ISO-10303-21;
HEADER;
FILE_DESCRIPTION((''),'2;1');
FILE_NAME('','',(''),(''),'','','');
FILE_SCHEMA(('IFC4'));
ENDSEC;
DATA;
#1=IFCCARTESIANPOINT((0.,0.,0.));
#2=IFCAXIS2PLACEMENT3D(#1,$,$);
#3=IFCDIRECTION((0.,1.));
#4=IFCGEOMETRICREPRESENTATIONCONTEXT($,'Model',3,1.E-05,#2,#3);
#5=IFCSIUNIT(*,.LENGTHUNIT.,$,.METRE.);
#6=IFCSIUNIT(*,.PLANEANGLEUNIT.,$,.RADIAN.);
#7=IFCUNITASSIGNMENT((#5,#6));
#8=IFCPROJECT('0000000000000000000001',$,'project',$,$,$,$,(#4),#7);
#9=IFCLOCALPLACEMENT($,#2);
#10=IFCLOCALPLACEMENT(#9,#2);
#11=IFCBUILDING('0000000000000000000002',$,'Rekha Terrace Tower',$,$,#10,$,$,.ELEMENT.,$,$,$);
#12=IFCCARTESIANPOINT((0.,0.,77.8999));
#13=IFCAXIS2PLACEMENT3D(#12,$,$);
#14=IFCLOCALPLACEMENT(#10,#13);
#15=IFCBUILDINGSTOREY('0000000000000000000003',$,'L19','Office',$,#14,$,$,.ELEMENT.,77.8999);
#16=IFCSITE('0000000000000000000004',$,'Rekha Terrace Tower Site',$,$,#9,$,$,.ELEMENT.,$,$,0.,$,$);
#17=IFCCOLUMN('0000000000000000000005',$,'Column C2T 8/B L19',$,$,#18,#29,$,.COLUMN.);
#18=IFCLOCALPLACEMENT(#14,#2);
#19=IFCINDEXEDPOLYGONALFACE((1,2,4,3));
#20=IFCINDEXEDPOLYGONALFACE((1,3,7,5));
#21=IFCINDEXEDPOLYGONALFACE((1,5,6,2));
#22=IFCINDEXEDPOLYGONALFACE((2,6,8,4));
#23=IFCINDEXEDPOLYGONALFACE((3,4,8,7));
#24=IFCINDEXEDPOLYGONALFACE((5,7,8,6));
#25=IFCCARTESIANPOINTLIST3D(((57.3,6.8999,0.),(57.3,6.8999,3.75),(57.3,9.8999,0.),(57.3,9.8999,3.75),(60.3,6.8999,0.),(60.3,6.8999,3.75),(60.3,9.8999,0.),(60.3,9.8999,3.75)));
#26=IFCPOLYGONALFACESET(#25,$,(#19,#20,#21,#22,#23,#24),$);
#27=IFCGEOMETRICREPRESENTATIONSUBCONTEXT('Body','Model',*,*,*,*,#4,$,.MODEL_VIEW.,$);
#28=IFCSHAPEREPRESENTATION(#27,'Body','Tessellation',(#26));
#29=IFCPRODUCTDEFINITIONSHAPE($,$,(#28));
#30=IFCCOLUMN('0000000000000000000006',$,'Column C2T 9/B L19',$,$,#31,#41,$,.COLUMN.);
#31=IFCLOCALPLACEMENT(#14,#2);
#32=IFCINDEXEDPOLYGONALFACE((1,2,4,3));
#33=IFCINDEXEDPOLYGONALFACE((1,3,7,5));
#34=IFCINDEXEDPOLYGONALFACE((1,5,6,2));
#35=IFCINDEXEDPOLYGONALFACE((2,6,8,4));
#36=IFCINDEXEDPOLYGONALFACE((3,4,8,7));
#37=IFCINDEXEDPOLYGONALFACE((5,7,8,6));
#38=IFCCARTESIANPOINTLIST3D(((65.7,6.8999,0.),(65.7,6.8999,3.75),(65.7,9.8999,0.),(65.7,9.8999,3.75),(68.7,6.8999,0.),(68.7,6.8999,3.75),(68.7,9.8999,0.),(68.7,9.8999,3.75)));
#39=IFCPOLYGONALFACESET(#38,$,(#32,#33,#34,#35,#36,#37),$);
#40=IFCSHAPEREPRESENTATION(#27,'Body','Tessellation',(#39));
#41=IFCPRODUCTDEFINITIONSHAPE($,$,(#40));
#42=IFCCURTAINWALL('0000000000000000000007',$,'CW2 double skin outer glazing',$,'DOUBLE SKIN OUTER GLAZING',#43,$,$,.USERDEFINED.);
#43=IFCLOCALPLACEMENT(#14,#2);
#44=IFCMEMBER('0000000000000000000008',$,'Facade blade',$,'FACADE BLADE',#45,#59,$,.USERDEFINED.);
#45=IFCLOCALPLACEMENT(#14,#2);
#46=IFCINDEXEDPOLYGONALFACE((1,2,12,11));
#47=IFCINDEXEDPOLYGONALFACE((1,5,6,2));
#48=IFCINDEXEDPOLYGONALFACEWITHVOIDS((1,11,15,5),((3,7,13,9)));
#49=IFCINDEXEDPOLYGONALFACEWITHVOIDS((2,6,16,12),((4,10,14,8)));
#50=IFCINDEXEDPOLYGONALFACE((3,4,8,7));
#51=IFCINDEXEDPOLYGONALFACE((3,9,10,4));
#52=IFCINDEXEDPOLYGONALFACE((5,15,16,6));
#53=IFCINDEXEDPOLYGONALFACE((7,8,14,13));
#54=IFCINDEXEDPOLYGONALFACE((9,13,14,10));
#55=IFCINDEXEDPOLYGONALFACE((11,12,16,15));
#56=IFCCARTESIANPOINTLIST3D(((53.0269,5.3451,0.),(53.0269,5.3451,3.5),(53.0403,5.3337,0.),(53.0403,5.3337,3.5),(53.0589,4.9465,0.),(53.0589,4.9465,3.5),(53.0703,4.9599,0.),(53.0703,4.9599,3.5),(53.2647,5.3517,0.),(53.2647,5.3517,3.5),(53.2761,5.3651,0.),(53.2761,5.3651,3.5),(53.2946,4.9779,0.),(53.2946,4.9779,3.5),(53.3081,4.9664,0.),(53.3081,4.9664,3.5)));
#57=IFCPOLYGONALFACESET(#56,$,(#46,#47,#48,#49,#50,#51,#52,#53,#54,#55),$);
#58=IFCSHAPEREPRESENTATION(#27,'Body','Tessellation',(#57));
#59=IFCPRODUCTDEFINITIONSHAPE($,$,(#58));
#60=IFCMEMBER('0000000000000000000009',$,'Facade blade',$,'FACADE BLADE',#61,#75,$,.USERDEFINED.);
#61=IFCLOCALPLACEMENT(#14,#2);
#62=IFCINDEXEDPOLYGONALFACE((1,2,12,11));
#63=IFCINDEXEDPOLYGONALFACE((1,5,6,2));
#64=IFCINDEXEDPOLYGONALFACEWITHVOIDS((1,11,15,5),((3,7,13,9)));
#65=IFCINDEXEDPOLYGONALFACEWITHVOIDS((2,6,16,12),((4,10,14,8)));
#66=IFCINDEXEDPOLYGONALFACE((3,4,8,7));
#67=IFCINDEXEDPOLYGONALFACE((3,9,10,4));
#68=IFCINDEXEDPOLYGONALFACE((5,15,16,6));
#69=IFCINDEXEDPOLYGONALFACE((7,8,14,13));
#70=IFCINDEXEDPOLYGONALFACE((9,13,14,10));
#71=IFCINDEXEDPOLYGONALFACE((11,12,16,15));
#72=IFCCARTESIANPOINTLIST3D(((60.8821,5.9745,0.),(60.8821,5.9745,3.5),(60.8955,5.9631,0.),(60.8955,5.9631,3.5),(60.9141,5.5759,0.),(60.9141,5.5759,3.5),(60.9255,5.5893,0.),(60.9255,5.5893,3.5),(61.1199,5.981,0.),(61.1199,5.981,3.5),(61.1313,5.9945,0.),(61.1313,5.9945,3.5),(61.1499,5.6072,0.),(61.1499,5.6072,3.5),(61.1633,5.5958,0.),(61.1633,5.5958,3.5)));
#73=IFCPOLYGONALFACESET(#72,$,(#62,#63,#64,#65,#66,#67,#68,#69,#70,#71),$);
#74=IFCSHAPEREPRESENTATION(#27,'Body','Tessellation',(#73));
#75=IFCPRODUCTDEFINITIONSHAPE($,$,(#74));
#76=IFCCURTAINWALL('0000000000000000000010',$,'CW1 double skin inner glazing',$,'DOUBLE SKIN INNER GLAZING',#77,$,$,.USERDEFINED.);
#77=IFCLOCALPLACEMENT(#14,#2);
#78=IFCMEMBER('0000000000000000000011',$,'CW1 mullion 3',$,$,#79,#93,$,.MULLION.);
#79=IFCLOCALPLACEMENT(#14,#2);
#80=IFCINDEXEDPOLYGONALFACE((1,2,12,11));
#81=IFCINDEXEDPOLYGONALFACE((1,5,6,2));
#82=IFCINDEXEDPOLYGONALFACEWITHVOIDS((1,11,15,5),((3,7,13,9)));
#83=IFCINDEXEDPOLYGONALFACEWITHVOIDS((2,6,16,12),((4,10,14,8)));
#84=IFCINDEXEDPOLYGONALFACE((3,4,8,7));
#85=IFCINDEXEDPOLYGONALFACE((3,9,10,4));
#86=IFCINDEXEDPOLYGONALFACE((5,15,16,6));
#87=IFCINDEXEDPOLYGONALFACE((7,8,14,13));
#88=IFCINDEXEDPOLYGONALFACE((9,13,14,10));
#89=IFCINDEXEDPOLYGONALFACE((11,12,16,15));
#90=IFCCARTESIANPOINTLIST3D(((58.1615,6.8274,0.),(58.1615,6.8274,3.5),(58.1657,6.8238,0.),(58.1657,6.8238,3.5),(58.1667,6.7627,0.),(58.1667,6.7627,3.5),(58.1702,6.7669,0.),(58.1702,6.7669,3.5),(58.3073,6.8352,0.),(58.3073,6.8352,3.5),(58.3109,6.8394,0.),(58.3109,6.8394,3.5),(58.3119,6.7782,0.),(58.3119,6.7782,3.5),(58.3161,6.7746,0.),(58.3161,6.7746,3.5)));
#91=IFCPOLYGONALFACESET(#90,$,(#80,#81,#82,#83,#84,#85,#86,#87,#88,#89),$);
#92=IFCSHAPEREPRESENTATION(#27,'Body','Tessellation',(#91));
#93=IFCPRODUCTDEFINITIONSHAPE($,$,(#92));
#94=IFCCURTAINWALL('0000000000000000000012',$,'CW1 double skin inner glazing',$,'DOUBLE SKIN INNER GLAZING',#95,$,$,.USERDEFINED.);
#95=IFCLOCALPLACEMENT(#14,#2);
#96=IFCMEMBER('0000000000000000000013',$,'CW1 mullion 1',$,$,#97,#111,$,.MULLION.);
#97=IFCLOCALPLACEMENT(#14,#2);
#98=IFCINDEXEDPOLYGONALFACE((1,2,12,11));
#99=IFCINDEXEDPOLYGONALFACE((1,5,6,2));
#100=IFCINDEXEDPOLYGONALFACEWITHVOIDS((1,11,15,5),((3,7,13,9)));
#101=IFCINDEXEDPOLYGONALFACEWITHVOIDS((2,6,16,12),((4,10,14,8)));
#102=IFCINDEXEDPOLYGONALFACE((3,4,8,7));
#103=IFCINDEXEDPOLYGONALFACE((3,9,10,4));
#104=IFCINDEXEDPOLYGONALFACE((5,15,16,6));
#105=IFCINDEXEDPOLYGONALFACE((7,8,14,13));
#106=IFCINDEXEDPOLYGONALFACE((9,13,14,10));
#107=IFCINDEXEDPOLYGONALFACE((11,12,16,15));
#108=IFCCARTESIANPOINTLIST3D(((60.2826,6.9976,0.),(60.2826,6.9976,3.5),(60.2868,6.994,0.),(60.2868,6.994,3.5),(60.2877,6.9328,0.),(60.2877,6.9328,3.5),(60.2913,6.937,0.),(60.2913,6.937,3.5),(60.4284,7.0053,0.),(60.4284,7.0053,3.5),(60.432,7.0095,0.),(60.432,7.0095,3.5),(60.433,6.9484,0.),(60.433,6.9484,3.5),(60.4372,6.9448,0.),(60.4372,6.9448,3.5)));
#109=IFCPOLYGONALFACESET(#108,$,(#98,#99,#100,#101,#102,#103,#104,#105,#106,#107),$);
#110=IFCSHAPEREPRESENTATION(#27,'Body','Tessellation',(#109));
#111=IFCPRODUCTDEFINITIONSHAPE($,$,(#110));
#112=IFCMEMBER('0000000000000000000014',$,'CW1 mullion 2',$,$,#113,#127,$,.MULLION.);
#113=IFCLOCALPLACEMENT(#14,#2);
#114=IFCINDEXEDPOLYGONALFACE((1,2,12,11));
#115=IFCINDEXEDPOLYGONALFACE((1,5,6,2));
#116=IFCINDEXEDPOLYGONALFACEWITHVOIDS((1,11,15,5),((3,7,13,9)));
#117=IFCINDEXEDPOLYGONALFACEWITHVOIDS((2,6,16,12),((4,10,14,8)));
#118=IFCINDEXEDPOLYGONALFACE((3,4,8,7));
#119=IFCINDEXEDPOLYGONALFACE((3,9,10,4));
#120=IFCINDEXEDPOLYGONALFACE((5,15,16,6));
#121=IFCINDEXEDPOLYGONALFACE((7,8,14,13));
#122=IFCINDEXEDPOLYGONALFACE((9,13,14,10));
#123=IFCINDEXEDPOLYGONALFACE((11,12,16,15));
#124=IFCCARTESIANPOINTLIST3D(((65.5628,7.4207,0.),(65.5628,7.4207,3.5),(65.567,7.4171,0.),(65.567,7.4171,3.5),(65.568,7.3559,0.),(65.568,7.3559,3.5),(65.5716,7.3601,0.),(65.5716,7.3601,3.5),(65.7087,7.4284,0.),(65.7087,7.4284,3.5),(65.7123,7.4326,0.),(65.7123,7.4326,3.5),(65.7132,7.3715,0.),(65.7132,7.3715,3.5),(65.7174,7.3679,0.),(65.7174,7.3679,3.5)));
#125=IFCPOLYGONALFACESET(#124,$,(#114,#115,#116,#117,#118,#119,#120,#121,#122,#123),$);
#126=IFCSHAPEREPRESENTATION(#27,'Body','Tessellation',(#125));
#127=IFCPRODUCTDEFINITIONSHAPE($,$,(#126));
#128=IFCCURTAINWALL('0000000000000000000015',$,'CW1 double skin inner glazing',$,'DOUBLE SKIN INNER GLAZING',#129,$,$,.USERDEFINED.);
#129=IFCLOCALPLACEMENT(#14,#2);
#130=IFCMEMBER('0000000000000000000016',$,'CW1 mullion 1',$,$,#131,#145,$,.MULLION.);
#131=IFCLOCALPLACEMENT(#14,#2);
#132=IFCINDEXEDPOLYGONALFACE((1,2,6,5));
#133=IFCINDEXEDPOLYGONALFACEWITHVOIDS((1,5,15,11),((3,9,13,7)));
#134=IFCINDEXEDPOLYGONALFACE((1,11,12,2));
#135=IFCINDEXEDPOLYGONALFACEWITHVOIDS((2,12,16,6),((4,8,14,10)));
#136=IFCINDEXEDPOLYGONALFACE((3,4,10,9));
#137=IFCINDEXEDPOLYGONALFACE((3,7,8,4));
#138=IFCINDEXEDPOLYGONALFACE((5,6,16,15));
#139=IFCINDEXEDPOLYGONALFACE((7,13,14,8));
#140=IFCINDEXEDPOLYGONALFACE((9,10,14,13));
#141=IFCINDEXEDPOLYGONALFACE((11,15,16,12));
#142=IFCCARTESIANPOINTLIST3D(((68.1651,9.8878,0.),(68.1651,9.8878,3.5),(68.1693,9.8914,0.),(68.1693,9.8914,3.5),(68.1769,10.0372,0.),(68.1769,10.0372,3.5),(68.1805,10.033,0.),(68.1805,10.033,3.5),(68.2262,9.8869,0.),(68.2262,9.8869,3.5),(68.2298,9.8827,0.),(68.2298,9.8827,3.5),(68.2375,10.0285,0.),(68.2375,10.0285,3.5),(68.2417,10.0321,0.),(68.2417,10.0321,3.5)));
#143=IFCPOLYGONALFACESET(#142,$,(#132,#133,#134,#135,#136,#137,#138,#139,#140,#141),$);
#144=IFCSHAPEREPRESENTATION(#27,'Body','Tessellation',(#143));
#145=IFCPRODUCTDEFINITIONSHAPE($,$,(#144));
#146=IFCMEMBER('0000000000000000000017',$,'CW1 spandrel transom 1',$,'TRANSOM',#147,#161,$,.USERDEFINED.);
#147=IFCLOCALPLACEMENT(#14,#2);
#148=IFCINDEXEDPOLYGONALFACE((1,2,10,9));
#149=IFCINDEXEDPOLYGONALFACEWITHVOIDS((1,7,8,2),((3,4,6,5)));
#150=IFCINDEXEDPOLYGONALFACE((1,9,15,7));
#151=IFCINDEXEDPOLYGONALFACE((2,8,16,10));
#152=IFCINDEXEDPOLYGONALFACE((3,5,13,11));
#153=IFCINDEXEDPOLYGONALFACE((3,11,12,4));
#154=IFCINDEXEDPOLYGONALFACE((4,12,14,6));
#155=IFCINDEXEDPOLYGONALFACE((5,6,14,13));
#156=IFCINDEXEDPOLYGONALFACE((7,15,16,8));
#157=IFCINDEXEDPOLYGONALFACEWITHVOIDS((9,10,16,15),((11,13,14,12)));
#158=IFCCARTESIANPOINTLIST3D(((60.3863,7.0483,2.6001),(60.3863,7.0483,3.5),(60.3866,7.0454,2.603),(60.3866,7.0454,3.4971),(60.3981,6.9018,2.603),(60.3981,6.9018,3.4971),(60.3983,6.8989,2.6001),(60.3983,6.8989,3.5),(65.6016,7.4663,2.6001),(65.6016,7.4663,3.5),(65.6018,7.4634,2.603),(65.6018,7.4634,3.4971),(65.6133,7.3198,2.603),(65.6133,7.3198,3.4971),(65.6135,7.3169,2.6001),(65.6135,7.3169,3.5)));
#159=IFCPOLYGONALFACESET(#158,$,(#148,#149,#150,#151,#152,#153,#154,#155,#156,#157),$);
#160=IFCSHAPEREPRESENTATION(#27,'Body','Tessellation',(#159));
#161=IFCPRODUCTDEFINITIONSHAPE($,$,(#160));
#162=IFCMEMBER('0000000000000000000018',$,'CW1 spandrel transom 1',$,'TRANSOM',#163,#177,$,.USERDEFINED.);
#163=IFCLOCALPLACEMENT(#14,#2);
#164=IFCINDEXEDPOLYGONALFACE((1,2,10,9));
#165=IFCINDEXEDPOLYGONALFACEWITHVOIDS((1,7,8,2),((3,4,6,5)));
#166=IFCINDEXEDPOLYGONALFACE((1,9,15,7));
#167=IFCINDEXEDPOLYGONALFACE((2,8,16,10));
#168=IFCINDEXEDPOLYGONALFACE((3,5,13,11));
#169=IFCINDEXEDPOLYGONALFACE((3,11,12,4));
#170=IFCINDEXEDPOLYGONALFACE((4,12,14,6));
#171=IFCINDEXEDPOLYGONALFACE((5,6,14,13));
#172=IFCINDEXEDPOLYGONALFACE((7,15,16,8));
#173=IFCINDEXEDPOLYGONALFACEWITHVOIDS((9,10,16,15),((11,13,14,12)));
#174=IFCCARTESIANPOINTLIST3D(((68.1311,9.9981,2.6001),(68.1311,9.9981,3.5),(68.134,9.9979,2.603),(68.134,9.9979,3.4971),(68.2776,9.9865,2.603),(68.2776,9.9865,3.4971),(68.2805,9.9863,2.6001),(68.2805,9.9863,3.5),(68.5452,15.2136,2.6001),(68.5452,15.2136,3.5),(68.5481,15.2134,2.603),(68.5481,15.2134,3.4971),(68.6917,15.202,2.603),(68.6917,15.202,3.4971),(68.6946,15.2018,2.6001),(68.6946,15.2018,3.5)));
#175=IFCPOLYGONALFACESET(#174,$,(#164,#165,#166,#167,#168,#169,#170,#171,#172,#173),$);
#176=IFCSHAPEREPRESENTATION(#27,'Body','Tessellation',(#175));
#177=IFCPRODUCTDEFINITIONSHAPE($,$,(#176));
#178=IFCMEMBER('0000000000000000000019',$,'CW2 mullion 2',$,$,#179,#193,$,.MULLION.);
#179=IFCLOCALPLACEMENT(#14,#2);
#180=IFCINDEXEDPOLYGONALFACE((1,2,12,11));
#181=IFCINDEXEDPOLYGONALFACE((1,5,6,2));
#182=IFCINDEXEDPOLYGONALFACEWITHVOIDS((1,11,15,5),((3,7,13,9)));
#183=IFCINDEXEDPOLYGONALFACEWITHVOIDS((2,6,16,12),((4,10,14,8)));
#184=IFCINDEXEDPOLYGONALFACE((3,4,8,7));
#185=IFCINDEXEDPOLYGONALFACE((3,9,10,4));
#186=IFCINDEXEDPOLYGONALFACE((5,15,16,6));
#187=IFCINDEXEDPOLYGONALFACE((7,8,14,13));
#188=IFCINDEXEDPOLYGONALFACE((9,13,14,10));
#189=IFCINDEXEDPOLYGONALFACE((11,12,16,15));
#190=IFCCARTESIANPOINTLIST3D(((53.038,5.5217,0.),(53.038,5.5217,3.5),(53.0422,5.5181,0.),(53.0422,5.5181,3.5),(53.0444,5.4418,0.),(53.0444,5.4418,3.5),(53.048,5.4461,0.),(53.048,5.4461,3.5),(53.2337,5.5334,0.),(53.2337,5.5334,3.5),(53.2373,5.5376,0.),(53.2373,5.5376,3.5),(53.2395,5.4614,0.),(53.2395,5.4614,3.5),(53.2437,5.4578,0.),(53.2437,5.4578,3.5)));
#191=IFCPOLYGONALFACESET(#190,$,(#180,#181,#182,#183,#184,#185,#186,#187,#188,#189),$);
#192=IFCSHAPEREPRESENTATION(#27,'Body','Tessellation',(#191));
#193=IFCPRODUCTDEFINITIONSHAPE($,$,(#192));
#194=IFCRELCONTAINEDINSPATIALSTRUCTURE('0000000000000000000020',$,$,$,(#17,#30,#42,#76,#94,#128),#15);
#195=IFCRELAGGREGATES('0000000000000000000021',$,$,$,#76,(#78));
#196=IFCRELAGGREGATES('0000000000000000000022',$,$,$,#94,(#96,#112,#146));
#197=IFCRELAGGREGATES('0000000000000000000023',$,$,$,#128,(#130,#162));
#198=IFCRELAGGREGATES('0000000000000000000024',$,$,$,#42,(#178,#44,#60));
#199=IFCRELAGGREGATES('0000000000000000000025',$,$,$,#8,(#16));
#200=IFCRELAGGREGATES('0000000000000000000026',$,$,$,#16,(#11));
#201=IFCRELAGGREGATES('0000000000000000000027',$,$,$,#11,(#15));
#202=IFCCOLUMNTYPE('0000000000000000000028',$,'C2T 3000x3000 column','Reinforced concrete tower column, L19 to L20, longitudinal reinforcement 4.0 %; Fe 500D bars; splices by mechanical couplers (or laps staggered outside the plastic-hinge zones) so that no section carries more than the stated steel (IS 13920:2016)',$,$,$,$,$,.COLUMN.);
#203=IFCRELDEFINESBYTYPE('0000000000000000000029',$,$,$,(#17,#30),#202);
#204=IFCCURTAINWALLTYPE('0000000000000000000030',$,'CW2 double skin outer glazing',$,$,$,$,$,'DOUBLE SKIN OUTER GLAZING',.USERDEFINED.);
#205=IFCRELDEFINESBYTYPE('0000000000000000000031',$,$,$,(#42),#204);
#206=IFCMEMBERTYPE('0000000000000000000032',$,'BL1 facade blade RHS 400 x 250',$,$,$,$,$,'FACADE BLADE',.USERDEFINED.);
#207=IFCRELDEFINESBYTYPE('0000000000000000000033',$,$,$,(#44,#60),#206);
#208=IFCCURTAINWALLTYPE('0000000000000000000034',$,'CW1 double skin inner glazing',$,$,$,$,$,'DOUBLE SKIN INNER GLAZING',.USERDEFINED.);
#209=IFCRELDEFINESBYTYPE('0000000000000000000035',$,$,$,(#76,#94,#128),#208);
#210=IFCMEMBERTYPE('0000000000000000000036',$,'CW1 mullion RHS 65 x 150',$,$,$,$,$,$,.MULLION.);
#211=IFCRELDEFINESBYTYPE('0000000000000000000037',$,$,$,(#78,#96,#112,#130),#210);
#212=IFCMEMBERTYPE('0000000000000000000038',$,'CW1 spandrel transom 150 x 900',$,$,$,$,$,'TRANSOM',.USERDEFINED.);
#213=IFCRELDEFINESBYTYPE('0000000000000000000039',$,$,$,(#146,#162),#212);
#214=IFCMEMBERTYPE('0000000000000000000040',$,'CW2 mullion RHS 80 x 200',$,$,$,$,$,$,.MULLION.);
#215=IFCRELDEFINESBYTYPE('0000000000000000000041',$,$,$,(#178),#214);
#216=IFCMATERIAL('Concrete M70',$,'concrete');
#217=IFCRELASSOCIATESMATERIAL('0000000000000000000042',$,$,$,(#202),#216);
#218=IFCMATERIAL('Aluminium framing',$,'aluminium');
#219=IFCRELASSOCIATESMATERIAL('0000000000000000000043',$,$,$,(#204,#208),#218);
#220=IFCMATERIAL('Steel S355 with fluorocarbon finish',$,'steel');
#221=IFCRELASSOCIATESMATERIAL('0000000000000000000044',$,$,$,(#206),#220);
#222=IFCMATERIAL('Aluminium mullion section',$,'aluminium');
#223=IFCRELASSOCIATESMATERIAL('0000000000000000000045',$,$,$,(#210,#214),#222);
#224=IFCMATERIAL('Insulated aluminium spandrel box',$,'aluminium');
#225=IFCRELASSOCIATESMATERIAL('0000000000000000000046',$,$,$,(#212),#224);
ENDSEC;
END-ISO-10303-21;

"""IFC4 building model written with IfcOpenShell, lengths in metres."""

from ifc_helpers import new_model, si_unit, direction, frame, origin, origin_2d, place, context, subcontext, project, spatial, rectangle, hollow_rectangle, extrude, material, material_profile, profile_set, type_object, element, aggregate, save


model = new_model("IFC4")

# Units and contexts
model_context = context("Model", 3, precision=1e-05, world=origin(), true_north=direction((0.0, 1.0)))
body_context = subcontext(model_context, "Body", "Model", "MODEL_VIEW")
ifc_project = project(units=[si_unit("LENGTHUNIT", "METRE"), si_unit("PLANEANGLEUNIT", "RADIAN")], contexts=[model_context])

# Site, building, storey
site_placement = place(None, origin())
site = spatial("IfcSite", under=ifc_project, at=site_placement, Name="Rekha Terrace Tower Site", CompositionType="ELEMENT", RefElevation=0.0)
building_placement = place(site_placement, origin())
building = spatial("IfcBuilding", under=site, at=building_placement, Name="Rekha Terrace Tower", CompositionType="ELEMENT")
storey_placement = place(building_placement, frame((0.0, 0.0, 77.8999)))
storey = spatial("IfcBuildingStorey", under=building, at=storey_placement, Name="L19", Description="Office", CompositionType="ELEMENT", Elevation=77.8999)

# Columns
ifc_material_1 = material(Name="Concrete M70", Category="concrete")
ifc_material_profile_1 = material_profile(ifc_material_1, rectangle(XDim=3.0, YDim=3.0, at=origin_2d()), Name="RC 3000x3000")
ifc_profile_set_1 = profile_set([ifc_material_profile_1], Name="Concrete M70")
column_type = type_object("IfcColumnType", Name="C2T 3000x3000 column", Description="Reinforced concrete tower column, L19 to L20, longitudinal reinforcement 4.0 %; Fe 500D bars; splices by mechanical couplers (or laps staggered outside the plastic-hinge zones) so that no section carries more than the stated steel (IS 13920:2016)", PredefinedType="COLUMN", material=ifc_profile_set_1)
for number, where, z_axis, x_axis, name in (
    (1, (58.8, 8.3999, 0.0), (0.0, 0.0, 1.0), (1.0, 0.0, 0.0), "Column C2T 8/B L19"),
    (2, (67.2, 8.3999, 0.0), (0.0, 0.0, 1.0), (1.0, 0.0, 0.0), "Column C2T 9/B L19"),
):
    element("IfcColumn", number, at=place(storey_placement, frame(where, z_axis=z_axis, x_axis=x_axis)), inside=storey, type_object=column_type, Name=name, PredefinedType="COLUMN", context=body_context, shape_type="SweptSolid", body=[
        extrude(rectangle(XDim=3.0, YDim=3.0, at=origin_2d()), origin(), (0.0, 0.0, 1.0), 3.75),
    ])

# Curtain wall, members
ifc_material_2 = material(Name="Aluminium framing", Category="aluminium")
curtain_wall_type_1 = type_object("IfcCurtainWallType", Name="CW2 double skin outer glazing", ElementType="DOUBLE SKIN OUTER GLAZING", PredefinedType="USERDEFINED", material=ifc_material_2)
curtain_wall_1_placement = place(storey_placement, origin())
curtain_wall_1 = element("IfcCurtainWall", 3, at=curtain_wall_1_placement, inside=storey, type_object=curtain_wall_type_1, Name="CW2 double skin outer glazing", ObjectType="DOUBLE SKIN OUTER GLAZING", PredefinedType="USERDEFINED")
ifc_material_3 = material(Name="Steel S355 with fluorocarbon finish", Category="steel")
ifc_material_profile_2 = material_profile(ifc_material_3, hollow_rectangle(XDim=0.25, YDim=0.3999, WallThickness=0.0125, at=origin_2d()), Name="RHS400x250x12.5")
ifc_profile_set_2 = profile_set([ifc_material_profile_2], Name="Steel S355 with fluorocarbon finish")
member_type_1 = type_object("IfcMemberType", Name="BL1 facade blade RHS 400 x 250", ElementType="FACADE BLADE", PredefinedType="USERDEFINED", material=ifc_profile_set_2)
member_1_placement = place(storey_placement, frame((53.1675, 5.1558, 0.0), z_axis=(0.0, 0.0, 1.0), x_axis=(0.996805, 0.079872, 0.0)))
member_1 = element("IfcMember", 4, at=member_1_placement, type_object=member_type_1, Name="Facade blade", ObjectType="FACADE BLADE", PredefinedType="USERDEFINED", context=body_context, shape_type="SweptSolid", body=[
    extrude(hollow_rectangle(XDim=0.25, YDim=0.3999, WallThickness=0.0125, at=origin_2d()), origin(), (0.0, 0.0, 1.0), 3.5),
])
member_2_placement = place(storey_placement, frame((61.0227, 5.7852, 0.0), z_axis=(0.0, 0.0, 1.0), x_axis=(0.996805, 0.079872, 0.0)))
member_2 = element("IfcMember", 5, at=member_2_placement, type_object=member_type_1, Name="Facade blade", ObjectType="FACADE BLADE", PredefinedType="USERDEFINED", context=body_context, shape_type="SweptSolid", body=[
    extrude(hollow_rectangle(XDim=0.25, YDim=0.3999, WallThickness=0.0125, at=origin_2d()), origin(), (0.0, 0.0, 1.0), 3.5),
])

# Curtain wall, member
curtain_wall_type_2 = type_object("IfcCurtainWallType", Name="CW1 double skin inner glazing", ElementType="DOUBLE SKIN INNER GLAZING", PredefinedType="USERDEFINED", material=ifc_material_2)
curtain_wall_2_placement = place(storey_placement, origin())
curtain_wall_2 = element("IfcCurtainWall", 6, at=curtain_wall_2_placement, inside=storey, type_object=curtain_wall_type_2, Name="CW1 double skin inner glazing", ObjectType="DOUBLE SKIN INNER GLAZING", PredefinedType="USERDEFINED")
ifc_material_4 = material(Name="Aluminium mullion section", Category="aluminium")
ifc_material_profile_3 = material_profile(ifc_material_4, hollow_rectangle(XDim=0.0649, YDim=0.1499, WallThickness=0.0039, at=origin_2d()), Name="AL RHS 65x150")
ifc_profile_set_3 = profile_set([ifc_material_profile_3], Name="Aluminium mullion section")
member_type_2 = type_object("IfcMemberType", Name="CW1 mullion RHS 65 x 150", PredefinedType="MULLION", material=ifc_profile_set_3)
member_3_placement = place(storey_placement, frame((58.2388, 6.801, 0.0), z_axis=(0.0, 0.0, 1.0), x_axis=(-0.079872, 0.996805, 0.0)))
member_3 = element("IfcMember", 7, at=member_3_placement, type_object=member_type_2, Name="CW1 mullion 3", PredefinedType="MULLION", context=body_context, shape_type="SweptSolid", body=[
    extrude(hollow_rectangle(XDim=0.0649, YDim=0.1499, WallThickness=0.0039, at=origin_2d()), origin(), (0.0, 0.0, 1.0), 3.5),
])

# Curtain wall, members
curtain_wall_3_placement = place(storey_placement, origin())
curtain_wall_3 = element("IfcCurtainWall", 8, at=curtain_wall_3_placement, inside=storey, type_object=curtain_wall_type_2, Name="CW1 double skin inner glazing", ObjectType="DOUBLE SKIN INNER GLAZING", PredefinedType="USERDEFINED")
member_4_placement = place(storey_placement, frame((60.3599, 6.9712, 0.0), z_axis=(0.0, 0.0, 1.0), x_axis=(-0.079872, 0.996805, 0.0)))
member_4 = element("IfcMember", 9, at=member_4_placement, type_object=member_type_2, Name="CW1 mullion 1", PredefinedType="MULLION", context=body_context, shape_type="SweptSolid", body=[
    extrude(hollow_rectangle(XDim=0.0649, YDim=0.1499, WallThickness=0.0039, at=origin_2d()), origin(), (0.0, 0.0, 1.0), 3.5),
])
member_5_placement = place(storey_placement, frame((65.6401, 7.3943, 0.0), z_axis=(0.0, 0.0, 1.0), x_axis=(-0.079872, 0.996805, 0.0)))
member_5 = element("IfcMember", 10, at=member_5_placement, type_object=member_type_2, Name="CW1 mullion 2", PredefinedType="MULLION", context=body_context, shape_type="SweptSolid", body=[
    extrude(hollow_rectangle(XDim=0.0649, YDim=0.1499, WallThickness=0.0039, at=origin_2d()), origin(), (0.0, 0.0, 1.0), 3.5),
])

# Curtain wall, member
curtain_wall_4_placement = place(storey_placement, origin())
curtain_wall_4 = element("IfcCurtainWall", 11, at=curtain_wall_4_placement, inside=storey, type_object=curtain_wall_type_2, Name="CW1 double skin inner glazing", ObjectType="DOUBLE SKIN INNER GLAZING", PredefinedType="USERDEFINED")
member_6_placement = place(storey_placement, frame((68.2034, 9.96, 0.0), z_axis=(0.0, 0.0, 1.0), x_axis=(-0.996865, 0.079116, 0.0)))
member_6 = element("IfcMember", 12, at=member_6_placement, type_object=member_type_2, Name="CW1 mullion 1", PredefinedType="MULLION", context=body_context, shape_type="SweptSolid", body=[
    extrude(hollow_rectangle(XDim=0.0649, YDim=0.1499, WallThickness=0.0039, at=origin_2d()), origin(), (0.0, 0.0, 1.0), 3.5),
])

# Members
ifc_material_5 = material(Name="Insulated aluminium spandrel box", Category="aluminium")
ifc_material_profile_4 = material_profile(ifc_material_5, hollow_rectangle(XDim=0.1499, YDim=0.8999, WallThickness=0.0029, at=origin_2d()), Name="AL SPANDREL BOX 150x900")
ifc_profile_set_4 = profile_set([ifc_material_profile_4], Name="Insulated aluminium spandrel box")
member_type_3 = type_object("IfcMemberType", Name="CW1 spandrel transom 150 x 900", ElementType="TRANSOM", PredefinedType="USERDEFINED", material=ifc_profile_set_4)
member_7_placement = place(storey_placement, frame((60.3923, 6.9736, 3.05), z_axis=(0.996804, 0.079886, 0.0), x_axis=(-0.079886, 0.996804, 0.0)))
member_7 = element("IfcMember", 13, at=member_7_placement, type_object=member_type_3, Name="CW1 spandrel transom 1", ObjectType="TRANSOM", PredefinedType="USERDEFINED", context=body_context, shape_type="SweptSolid", body=[
    extrude(hollow_rectangle(XDim=0.1499, YDim=0.8999, WallThickness=0.0029, at=origin_2d()), origin(), (0.0, 0.0, 1.0), 5.2319),
])
member_8_placement = place(storey_placement, frame((68.2058, 9.9922, 3.05), z_axis=(0.079141, 0.996863, 0.0), x_axis=(-0.996863, 0.079141, 0.0)))
member_8 = element("IfcMember", 14, at=member_8_placement, type_object=member_type_3, Name="CW1 spandrel transom 1", ObjectType="TRANSOM", PredefinedType="USERDEFINED", context=body_context, shape_type="SweptSolid", body=[
    extrude(hollow_rectangle(XDim=0.1499, YDim=0.8999, WallThickness=0.0029, at=origin_2d()), origin(), (0.0, 0.0, 1.0), 5.2319),
])
ifc_material_profile_5 = material_profile(ifc_material_4, hollow_rectangle(XDim=0.0801, YDim=0.2, WallThickness=0.0039, at=origin_2d()), Name="AL RHS 80x200")
ifc_profile_set_5 = profile_set([ifc_material_profile_5], Name="Aluminium mullion section")
member_type_4 = type_object("IfcMemberType", Name="CW2 mullion RHS 80 x 200", PredefinedType="MULLION", material=ifc_profile_set_5)
member_9_placement = place(storey_placement, frame((53.1409, 5.4897, 0.0), z_axis=(0.0, 0.0, 1.0), x_axis=(-0.079872, 0.996805, 0.0)))
member_9 = element("IfcMember", 15, at=member_9_placement, type_object=member_type_4, Name="CW2 mullion 2", PredefinedType="MULLION", context=body_context, shape_type="SweptSolid", body=[
    extrude(hollow_rectangle(XDim=0.0801, YDim=0.2, WallThickness=0.0039, at=origin_2d()), origin(), (0.0, 0.0, 1.0), 3.5),
])

aggregate(curtain_wall_2, [member_3])
aggregate(curtain_wall_3, [member_4, member_5, member_7])
aggregate(curtain_wall_4, [member_6, member_8])
aggregate(curtain_wall_1, [member_9, member_1, member_2])

save(model, "model.ifc")
